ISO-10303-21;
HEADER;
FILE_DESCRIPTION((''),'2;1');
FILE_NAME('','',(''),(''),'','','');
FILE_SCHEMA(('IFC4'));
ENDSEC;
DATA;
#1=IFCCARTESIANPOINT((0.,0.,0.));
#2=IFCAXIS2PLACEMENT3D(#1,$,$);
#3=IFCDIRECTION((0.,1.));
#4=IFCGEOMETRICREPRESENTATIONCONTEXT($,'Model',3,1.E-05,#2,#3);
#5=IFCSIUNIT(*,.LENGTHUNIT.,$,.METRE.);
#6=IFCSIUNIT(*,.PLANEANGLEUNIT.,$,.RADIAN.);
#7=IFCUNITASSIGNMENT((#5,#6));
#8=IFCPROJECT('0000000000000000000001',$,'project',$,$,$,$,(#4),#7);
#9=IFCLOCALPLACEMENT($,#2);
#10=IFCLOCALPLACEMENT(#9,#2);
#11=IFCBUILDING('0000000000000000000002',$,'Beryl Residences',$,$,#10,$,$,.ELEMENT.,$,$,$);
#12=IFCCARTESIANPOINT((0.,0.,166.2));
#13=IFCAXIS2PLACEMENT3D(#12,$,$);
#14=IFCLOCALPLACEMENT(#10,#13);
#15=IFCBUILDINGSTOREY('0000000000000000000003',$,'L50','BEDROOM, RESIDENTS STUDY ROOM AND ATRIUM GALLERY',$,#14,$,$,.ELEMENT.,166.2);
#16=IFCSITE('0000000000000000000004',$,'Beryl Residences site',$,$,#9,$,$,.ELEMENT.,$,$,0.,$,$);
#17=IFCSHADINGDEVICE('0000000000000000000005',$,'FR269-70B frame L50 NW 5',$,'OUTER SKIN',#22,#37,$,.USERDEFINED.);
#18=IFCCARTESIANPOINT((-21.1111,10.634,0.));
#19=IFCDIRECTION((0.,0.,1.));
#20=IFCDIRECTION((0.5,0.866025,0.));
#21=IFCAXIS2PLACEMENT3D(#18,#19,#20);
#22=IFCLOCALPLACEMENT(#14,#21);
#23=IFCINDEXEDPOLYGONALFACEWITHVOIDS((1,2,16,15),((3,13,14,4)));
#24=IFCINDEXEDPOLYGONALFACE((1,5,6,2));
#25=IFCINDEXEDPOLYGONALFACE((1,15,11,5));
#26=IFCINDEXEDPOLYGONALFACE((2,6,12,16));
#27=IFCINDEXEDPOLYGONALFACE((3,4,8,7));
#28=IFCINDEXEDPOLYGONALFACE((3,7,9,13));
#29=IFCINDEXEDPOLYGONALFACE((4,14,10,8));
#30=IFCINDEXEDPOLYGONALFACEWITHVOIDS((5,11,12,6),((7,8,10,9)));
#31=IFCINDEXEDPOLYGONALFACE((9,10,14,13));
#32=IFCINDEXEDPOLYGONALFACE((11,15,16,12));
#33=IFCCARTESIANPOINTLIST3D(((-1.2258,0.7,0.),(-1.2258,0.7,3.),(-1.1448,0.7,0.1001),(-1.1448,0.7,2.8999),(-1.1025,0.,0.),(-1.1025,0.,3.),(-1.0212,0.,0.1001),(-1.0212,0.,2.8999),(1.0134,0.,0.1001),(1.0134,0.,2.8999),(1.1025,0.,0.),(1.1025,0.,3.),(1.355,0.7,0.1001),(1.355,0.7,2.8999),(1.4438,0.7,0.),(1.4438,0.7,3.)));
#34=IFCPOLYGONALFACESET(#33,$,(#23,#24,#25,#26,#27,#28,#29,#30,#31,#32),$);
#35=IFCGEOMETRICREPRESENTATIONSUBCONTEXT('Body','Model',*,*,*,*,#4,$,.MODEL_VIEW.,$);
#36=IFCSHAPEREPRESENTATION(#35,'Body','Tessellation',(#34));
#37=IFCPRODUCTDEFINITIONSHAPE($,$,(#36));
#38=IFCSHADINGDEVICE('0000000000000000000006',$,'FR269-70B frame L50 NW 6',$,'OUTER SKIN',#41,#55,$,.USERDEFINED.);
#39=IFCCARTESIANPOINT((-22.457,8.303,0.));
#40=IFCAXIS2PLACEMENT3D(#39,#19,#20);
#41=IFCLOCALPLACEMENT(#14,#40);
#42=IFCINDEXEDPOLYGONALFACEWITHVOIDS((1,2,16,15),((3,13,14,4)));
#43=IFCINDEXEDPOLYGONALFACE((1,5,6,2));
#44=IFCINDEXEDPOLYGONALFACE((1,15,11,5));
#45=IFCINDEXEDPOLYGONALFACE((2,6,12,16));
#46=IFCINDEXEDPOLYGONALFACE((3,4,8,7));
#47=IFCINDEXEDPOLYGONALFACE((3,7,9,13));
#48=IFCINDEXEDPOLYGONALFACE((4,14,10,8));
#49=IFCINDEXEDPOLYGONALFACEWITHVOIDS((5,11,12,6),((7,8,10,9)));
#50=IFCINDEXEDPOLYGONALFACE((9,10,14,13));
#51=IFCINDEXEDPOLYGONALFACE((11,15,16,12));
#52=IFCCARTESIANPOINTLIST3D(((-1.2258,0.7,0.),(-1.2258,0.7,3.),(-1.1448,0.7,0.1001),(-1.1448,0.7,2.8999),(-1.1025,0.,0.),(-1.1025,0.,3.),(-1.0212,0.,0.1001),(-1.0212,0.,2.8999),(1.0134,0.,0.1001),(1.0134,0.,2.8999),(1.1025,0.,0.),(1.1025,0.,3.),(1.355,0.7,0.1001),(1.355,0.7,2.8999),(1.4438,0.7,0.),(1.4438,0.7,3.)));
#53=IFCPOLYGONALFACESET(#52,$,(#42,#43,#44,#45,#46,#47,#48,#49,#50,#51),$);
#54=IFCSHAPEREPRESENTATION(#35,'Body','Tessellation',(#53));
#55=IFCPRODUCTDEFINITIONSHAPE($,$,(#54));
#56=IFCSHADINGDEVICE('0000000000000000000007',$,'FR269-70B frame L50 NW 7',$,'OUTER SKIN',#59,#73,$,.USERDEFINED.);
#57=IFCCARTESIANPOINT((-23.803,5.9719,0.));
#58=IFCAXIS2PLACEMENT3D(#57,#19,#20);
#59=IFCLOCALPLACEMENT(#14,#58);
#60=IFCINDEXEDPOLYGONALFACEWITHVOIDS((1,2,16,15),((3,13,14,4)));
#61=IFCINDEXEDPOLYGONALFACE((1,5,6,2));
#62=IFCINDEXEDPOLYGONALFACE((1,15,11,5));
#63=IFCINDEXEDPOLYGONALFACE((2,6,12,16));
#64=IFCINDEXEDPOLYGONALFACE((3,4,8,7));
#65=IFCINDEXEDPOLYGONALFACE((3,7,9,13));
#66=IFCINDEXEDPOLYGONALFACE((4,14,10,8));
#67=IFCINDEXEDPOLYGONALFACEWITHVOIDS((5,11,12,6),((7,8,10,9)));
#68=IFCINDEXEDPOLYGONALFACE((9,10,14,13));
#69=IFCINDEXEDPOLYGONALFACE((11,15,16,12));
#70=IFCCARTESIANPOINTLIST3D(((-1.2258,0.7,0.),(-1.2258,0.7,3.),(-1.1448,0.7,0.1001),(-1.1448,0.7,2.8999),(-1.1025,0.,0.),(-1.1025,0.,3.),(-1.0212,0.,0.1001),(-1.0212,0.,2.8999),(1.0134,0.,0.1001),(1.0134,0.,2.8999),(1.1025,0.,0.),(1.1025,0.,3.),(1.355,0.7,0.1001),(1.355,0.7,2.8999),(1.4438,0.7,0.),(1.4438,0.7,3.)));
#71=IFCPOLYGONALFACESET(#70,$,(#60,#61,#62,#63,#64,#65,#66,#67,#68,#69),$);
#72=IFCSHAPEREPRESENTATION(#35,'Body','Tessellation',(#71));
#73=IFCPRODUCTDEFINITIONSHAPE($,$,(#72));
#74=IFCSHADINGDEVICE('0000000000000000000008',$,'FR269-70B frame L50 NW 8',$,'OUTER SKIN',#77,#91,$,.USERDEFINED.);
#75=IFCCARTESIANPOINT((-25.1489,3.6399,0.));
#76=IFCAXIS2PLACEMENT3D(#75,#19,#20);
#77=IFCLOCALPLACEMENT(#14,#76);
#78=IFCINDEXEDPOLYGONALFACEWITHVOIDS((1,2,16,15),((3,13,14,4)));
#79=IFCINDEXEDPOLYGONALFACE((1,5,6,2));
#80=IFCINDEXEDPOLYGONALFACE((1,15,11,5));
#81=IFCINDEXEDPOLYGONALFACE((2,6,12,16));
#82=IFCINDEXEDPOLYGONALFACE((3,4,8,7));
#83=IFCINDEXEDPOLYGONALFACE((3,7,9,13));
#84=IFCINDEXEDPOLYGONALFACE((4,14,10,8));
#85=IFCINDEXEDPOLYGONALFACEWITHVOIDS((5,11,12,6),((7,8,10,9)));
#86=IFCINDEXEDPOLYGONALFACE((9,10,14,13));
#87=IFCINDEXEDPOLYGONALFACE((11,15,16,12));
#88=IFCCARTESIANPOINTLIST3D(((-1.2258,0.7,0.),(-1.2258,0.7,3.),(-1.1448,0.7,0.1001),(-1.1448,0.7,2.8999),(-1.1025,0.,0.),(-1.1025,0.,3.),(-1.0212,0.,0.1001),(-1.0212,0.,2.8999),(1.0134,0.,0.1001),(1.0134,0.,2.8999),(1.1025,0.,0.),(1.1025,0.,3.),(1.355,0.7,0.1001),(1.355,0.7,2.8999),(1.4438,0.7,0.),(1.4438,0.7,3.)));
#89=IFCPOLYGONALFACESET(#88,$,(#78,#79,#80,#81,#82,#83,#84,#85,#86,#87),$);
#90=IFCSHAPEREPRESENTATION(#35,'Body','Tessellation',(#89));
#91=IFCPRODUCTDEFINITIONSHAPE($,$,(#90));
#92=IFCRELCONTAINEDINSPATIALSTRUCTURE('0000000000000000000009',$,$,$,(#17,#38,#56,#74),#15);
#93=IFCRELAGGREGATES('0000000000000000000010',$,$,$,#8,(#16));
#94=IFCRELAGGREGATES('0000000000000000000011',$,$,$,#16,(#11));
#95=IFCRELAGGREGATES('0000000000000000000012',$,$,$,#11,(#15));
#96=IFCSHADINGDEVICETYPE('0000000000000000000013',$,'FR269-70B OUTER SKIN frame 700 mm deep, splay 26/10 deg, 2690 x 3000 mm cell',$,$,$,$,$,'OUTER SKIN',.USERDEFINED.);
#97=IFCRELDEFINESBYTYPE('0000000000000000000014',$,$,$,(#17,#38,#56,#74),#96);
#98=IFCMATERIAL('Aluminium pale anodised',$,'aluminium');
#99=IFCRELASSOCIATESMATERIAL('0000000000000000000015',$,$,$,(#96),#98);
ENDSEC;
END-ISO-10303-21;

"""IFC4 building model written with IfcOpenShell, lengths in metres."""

from ifc_helpers import new_model, entity, si_unit, direction, frame, origin, place, context, subcontext, project, spatial, source, transform, mapped, material, type_object, type_shapes, element, save


model = new_model("IFC4")

# Units and contexts
model_context = context("Model", 3, precision=1e-05, world=origin(), true_north=direction((0.0, 1.0)))
body_context = subcontext(model_context, "Body", "Model", "MODEL_VIEW")
ifc_project = project(units=[si_unit("LENGTHUNIT", "METRE"), si_unit("PLANEANGLEUNIT", "RADIAN")], contexts=[model_context])

# Site, building, storey
site_placement = place(None, origin())
site = spatial("IfcSite", under=ifc_project, at=site_placement, Name="Beryl Residences site", CompositionType="ELEMENT", RefElevation=0.0)
building_placement = place(site_placement, origin())
building = spatial("IfcBuilding", under=site, at=building_placement, Name="Beryl Residences", CompositionType="ELEMENT")
storey_placement = place(building_placement, frame((0.0, 0.0, 166.2)))
storey = spatial("IfcBuildingStorey", under=building, at=storey_placement, Name="L50", Description="BEDROOM, RESIDENTS STUDY ROOM AND ATRIUM GALLERY", CompositionType="ELEMENT", Elevation=166.2)

# Shading devices
ifc_material_1 = material(Name="Aluminium pale anodised", Category="aluminium")
shading_device_type = type_object("IfcShadingDeviceType", Name="FR269-70B OUTER SKIN frame 700 mm deep, splay 26/10 deg, 2690 x 3000 mm cell", ElementType="OUTER SKIN", PredefinedType="USERDEFINED", material=ifc_material_1)
cartesian_point_1 = entity("IfcCartesianPoint", [-1.1025, 0.0])
cartesian_point_2 = entity("IfcCartesianPoint", [-1.0134, 0.1001])
cartesian_point_3 = entity("IfcCartesianPoint", [-1.4438, 0.0])
cartesian_point_4 = entity("IfcCartesianPoint", [-1.355, 0.1001])
shared_shape = source(origin(), body_context, "Body", "SweptSolid", [
    entity("IfcExtrudedAreaSolidTapered", entity("IfcArbitraryProfileDefWithVoids", "AREA", None, entity("IfcPolyline", [cartesian_point_1, entity("IfcCartesianPoint", [1.1025, 0.0]), entity("IfcCartesianPoint", [1.1025, 3.0]), entity("IfcCartesianPoint", [-1.1025, 3.0]), cartesian_point_1]), [entity("IfcPolyline", [cartesian_point_2, entity("IfcCartesianPoint", [1.0212, 0.1001]), entity("IfcCartesianPoint", [1.0212, 2.8999]), entity("IfcCartesianPoint", [-1.0134, 2.8999]), cartesian_point_2])]), entity("IfcAxis2Placement3D", entity("IfcCartesianPoint", [0.0, 0.0, 0.0]), entity("IfcDirection", [0.0, 1.0, 0.0]), entity("IfcDirection", [-1.0, 0.0, 0.0])), entity("IfcDirection", [0.0, 0.0, 1.0]), 0.7, entity("IfcArbitraryProfileDefWithVoids", "AREA", None, entity("IfcPolyline", [cartesian_point_3, entity("IfcCartesianPoint", [1.2258, 0.0]), entity("IfcCartesianPoint", [1.2258, 3.0]), entity("IfcCartesianPoint", [-1.4438, 3.0]), cartesian_point_3]), [entity("IfcPolyline", [cartesian_point_4, entity("IfcCartesianPoint", [1.1448, 0.1001]), entity("IfcCartesianPoint", [1.1448, 2.8999]), entity("IfcCartesianPoint", [-1.355, 2.8999]), cartesian_point_4])])),
])
type_shapes(shading_device_type, [shared_shape])
for number, where, z_axis, x_axis, name in (
    (1, (-21.1111, 10.634, 0.0), (0.0, 0.0, 1.0), (0.5, 0.866025, 0.0), "FR269-70B frame L50 NW 5"),
    (2, (-22.457, 8.303, 0.0), (0.0, 0.0, 1.0), (0.5, 0.866025, 0.0), "FR269-70B frame L50 NW 6"),
    (3, (-23.803, 5.9719, 0.0), (0.0, 0.0, 1.0), (0.5, 0.866025, 0.0), "FR269-70B frame L50 NW 7"),
    (4, (-25.1489, 3.6399, 0.0), (0.0, 0.0, 1.0), (0.5, 0.866025, 0.0), "FR269-70B frame L50 NW 8"),
):
    element("IfcShadingDevice", number, at=place(storey_placement, frame(where, z_axis=z_axis, x_axis=x_axis)), inside=storey, type_object=shading_device_type, Name=name, ObjectType="OUTER SKIN", PredefinedType="USERDEFINED", context=body_context, shape_type="MappedRepresentation", body=[
        mapped(shared_shape, transform((0.0, 0.0, 0.0))),
    ])

save(model, "model.ifc")
